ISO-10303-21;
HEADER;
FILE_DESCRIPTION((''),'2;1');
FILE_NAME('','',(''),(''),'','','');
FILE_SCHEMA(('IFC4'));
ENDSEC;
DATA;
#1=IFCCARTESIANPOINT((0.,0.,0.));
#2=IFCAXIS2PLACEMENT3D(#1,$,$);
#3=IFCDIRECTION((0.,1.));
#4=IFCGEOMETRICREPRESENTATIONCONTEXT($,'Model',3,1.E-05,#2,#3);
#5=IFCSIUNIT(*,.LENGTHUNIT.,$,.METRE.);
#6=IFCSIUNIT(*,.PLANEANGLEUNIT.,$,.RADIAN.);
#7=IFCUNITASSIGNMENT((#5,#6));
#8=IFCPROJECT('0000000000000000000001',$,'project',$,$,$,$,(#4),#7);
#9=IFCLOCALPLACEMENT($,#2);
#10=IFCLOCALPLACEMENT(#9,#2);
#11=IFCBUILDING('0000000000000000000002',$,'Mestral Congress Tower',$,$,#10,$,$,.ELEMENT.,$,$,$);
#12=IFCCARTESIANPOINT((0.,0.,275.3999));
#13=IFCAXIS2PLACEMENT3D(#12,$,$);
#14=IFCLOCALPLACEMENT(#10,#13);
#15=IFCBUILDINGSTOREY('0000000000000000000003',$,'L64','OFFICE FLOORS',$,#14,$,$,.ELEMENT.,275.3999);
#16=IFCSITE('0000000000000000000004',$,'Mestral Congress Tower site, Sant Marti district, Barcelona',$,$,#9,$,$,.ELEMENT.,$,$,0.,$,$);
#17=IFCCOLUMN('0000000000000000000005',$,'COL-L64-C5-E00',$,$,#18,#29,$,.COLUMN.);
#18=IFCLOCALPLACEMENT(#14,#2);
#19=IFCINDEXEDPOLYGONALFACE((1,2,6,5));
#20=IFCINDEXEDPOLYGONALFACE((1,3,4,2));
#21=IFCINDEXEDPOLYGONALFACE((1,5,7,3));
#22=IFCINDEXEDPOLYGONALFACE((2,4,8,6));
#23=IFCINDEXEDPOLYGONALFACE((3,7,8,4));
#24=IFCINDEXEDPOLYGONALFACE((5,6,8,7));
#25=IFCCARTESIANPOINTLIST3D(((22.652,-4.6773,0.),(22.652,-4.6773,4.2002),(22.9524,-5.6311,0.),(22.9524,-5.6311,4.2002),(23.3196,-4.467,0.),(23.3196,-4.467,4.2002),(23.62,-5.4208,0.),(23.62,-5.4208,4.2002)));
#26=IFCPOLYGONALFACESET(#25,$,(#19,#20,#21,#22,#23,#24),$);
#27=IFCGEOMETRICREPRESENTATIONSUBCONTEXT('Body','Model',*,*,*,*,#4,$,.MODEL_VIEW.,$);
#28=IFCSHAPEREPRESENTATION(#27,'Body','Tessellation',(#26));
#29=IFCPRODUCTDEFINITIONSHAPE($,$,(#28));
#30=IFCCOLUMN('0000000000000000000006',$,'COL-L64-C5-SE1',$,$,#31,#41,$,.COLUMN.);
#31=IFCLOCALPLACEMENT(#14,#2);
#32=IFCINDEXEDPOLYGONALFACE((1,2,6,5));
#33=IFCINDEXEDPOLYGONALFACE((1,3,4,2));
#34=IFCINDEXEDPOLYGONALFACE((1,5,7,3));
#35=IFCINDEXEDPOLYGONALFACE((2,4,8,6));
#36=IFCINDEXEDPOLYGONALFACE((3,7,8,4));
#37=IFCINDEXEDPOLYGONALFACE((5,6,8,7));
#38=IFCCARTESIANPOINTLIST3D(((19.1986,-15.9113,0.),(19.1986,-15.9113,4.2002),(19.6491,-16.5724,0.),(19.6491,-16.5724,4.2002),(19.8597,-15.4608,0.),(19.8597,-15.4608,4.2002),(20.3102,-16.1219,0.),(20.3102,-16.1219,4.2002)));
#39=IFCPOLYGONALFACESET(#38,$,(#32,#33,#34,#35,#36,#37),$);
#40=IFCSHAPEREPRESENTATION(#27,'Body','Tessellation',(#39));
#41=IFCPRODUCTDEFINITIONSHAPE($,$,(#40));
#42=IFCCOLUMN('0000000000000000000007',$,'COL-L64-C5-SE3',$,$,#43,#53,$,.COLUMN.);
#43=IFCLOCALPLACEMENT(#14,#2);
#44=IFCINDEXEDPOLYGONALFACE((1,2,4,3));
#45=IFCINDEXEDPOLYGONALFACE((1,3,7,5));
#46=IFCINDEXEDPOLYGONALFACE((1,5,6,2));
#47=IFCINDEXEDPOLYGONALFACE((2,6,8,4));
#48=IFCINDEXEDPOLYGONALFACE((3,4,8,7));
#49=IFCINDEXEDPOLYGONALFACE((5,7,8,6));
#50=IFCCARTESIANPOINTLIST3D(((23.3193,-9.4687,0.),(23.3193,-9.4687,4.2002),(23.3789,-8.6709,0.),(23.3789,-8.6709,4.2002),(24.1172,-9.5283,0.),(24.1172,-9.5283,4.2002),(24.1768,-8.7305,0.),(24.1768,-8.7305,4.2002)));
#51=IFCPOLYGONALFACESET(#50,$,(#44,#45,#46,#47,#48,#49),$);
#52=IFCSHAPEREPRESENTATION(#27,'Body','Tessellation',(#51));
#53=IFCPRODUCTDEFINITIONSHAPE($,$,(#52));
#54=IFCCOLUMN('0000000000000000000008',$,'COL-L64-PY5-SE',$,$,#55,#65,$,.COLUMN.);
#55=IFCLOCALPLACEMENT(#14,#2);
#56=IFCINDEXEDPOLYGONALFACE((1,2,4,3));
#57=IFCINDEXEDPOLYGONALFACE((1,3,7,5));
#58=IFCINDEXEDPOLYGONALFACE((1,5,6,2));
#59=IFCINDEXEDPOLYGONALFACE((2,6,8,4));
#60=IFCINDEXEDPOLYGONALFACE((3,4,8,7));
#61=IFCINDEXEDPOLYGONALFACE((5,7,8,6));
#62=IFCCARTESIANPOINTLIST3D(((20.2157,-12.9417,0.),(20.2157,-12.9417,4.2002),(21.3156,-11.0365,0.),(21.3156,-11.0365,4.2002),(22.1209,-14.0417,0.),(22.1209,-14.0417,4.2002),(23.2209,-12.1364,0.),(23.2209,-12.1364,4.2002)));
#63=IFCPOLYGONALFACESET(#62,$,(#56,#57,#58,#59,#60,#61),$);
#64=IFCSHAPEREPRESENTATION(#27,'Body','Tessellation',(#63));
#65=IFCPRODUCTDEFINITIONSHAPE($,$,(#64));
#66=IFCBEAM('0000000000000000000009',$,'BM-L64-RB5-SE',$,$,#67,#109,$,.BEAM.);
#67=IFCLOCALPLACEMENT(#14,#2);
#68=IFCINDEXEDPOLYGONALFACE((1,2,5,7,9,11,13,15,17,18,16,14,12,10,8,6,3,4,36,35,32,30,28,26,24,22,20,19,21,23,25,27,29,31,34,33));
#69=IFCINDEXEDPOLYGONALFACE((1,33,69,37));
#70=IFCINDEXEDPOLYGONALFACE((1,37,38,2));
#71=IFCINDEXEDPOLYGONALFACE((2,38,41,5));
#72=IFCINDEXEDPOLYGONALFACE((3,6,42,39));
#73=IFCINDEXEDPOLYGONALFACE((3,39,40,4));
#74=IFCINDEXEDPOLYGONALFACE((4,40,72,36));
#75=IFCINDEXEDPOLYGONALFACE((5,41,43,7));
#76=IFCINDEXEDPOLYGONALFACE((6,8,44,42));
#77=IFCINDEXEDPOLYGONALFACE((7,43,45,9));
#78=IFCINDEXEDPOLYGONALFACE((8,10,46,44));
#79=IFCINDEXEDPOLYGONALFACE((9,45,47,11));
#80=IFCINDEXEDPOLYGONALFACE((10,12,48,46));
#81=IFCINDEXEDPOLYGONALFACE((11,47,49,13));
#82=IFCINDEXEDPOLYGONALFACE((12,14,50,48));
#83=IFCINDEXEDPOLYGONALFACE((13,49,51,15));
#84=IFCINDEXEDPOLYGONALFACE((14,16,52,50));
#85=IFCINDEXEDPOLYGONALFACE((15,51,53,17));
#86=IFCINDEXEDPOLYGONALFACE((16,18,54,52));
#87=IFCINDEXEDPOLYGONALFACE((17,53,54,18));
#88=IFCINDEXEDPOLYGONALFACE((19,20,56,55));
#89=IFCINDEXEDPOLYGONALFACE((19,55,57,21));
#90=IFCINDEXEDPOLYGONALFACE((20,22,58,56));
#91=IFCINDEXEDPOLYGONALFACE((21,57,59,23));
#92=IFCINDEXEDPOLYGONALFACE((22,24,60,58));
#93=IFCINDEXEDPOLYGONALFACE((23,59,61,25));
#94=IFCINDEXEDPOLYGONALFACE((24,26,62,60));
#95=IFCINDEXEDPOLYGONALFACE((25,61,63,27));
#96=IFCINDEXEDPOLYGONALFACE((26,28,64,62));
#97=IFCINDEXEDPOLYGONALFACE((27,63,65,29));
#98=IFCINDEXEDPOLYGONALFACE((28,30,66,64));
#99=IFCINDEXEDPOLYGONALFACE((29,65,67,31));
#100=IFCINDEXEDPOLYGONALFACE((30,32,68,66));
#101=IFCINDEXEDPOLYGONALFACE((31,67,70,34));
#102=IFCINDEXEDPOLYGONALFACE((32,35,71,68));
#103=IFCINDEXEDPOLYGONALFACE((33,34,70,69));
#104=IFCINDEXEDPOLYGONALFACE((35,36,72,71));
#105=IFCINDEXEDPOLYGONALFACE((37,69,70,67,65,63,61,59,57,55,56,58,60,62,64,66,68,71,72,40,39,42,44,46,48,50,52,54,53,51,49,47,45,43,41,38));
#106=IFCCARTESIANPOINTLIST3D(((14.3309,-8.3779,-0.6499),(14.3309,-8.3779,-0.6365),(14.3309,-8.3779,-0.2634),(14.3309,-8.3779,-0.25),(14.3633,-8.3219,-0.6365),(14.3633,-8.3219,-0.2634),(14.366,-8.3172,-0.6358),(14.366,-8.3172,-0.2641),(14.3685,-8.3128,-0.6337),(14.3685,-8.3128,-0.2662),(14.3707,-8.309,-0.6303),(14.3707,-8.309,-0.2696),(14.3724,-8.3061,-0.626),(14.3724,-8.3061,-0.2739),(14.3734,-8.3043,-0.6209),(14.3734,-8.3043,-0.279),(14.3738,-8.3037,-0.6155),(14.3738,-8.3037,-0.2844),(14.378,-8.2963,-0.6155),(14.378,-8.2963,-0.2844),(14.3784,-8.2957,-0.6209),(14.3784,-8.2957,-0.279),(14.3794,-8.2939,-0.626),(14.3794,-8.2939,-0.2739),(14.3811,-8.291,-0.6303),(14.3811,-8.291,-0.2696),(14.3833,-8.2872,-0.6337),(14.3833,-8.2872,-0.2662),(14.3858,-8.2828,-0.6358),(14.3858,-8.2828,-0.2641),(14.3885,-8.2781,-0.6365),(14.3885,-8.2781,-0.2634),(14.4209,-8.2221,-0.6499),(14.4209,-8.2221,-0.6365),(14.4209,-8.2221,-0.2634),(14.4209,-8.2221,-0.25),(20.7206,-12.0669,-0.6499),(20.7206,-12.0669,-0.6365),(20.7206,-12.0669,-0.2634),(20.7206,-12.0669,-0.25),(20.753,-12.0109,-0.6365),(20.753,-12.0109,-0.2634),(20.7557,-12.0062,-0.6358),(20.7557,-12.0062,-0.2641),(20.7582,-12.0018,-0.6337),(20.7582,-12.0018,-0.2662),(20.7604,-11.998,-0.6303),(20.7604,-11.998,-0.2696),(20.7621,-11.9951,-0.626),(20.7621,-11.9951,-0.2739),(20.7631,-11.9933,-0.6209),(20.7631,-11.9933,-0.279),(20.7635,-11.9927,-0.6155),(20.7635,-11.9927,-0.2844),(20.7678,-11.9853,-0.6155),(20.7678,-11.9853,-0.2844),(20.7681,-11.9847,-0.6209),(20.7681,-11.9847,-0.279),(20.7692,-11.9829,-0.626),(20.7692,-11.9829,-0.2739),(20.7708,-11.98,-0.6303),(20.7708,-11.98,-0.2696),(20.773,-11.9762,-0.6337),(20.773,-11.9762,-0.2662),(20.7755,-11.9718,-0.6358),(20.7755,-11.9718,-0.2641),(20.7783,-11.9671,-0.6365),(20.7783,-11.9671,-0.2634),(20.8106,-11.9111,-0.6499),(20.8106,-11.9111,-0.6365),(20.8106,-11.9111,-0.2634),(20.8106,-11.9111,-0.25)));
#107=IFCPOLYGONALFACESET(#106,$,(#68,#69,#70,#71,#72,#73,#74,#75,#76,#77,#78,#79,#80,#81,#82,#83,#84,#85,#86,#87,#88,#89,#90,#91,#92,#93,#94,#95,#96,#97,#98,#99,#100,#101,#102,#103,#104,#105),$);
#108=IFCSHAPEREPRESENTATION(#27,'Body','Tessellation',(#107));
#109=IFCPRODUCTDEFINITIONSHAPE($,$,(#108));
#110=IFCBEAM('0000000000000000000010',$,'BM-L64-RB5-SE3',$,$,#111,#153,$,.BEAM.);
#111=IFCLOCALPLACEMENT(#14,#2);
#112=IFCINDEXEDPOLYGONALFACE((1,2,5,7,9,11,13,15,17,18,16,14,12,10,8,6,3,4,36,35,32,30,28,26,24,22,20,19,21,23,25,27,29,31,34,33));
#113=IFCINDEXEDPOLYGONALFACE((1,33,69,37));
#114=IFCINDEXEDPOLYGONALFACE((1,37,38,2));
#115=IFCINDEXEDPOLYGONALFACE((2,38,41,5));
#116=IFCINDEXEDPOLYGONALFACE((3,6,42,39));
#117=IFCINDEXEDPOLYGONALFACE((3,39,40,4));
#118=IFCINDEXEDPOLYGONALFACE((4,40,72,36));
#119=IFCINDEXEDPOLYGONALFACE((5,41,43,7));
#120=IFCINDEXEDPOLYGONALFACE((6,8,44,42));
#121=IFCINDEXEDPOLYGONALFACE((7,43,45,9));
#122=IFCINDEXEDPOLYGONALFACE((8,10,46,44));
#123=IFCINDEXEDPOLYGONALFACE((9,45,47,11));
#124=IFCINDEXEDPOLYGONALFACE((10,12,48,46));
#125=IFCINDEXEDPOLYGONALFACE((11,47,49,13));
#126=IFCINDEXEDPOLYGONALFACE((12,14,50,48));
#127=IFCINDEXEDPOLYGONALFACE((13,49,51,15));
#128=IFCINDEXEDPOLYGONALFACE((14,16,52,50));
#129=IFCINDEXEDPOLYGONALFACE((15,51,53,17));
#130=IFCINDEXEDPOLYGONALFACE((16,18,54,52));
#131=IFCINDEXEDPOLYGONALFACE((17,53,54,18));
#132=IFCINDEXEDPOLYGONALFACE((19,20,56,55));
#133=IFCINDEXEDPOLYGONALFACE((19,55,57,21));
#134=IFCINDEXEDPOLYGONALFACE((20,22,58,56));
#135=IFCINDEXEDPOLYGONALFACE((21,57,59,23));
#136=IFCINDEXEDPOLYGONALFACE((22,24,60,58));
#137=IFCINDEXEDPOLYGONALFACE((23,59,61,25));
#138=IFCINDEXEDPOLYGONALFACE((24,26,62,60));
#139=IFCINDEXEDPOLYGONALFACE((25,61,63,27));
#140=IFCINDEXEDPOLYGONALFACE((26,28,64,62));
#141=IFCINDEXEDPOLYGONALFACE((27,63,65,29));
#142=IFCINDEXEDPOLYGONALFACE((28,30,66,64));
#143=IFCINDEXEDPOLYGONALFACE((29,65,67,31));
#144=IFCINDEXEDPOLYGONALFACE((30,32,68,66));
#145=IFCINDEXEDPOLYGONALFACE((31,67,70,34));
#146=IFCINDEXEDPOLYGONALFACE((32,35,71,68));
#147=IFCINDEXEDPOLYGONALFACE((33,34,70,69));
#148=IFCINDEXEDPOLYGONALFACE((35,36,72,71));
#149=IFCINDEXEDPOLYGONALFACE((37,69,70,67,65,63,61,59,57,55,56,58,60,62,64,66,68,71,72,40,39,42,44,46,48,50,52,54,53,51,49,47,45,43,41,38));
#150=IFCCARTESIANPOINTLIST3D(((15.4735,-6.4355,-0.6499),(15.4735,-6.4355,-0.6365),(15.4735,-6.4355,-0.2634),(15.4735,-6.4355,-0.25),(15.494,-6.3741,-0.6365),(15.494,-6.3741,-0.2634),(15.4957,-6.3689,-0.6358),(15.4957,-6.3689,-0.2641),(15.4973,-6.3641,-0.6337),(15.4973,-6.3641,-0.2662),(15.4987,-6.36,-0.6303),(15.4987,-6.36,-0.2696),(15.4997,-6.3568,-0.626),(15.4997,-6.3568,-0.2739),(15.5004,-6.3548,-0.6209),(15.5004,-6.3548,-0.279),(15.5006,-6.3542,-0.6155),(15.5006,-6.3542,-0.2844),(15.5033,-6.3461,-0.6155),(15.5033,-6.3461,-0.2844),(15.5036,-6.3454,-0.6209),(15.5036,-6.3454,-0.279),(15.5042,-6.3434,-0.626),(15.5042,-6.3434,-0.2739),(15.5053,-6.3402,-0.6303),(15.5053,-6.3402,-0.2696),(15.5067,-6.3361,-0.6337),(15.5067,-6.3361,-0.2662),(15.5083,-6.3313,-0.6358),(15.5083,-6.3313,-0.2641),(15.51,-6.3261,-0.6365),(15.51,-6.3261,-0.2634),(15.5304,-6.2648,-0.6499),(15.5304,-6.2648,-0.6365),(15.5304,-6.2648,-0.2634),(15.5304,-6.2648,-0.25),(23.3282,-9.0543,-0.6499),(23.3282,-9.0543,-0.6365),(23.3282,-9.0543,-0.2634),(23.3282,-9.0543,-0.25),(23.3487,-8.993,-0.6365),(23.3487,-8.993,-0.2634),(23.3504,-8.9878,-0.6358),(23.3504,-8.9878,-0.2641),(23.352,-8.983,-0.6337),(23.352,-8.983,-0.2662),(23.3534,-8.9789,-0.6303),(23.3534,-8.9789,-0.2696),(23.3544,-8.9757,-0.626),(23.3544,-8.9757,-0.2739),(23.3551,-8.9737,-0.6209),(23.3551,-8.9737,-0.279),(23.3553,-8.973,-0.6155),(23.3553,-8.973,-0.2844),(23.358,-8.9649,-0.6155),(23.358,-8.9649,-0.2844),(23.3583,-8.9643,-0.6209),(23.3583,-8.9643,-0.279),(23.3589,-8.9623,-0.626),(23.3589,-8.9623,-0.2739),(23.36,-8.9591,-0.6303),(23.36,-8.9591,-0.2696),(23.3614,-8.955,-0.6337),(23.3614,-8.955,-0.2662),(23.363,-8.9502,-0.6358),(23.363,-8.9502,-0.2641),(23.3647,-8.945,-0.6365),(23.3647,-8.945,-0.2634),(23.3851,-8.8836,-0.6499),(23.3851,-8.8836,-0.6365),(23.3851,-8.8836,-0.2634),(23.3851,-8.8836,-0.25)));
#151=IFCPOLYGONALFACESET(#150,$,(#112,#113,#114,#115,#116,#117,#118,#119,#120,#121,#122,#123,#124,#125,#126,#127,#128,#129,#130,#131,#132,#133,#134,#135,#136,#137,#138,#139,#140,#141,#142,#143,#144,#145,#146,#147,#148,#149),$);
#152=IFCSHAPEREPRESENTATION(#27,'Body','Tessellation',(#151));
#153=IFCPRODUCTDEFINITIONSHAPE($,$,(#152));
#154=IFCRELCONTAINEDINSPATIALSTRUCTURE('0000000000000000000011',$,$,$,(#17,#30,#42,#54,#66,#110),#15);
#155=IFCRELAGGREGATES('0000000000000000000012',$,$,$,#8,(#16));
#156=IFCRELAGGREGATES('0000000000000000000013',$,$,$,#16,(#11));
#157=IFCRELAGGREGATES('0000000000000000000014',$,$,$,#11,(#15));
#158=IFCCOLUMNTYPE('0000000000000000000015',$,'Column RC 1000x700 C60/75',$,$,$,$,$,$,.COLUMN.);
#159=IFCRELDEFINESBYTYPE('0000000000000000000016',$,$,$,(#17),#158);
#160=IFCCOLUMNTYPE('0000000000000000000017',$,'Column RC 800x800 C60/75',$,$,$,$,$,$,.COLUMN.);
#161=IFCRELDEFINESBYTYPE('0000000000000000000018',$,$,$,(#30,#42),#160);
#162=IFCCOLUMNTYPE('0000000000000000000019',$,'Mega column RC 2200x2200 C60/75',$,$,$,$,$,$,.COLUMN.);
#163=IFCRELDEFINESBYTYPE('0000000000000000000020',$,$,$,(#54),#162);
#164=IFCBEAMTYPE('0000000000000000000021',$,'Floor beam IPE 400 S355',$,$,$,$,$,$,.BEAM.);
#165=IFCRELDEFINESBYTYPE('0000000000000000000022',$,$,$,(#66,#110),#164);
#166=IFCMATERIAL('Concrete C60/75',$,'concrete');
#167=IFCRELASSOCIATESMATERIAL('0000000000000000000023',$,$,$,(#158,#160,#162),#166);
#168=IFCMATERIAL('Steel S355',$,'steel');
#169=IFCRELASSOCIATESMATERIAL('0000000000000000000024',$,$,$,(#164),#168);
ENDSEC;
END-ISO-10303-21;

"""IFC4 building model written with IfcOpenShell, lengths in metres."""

from ifc_helpers import new_model, si_unit, direction, frame, origin, origin_2d, place, context, subcontext, project, spatial, rectangle, i_section, extrude, material, material_profile, profile_set, type_object, element, save


model = new_model("IFC4")

# Units and contexts
model_context = context("Model", 3, precision=1e-05, world=origin(), true_north=direction((0.0, 1.0)))
body_context = subcontext(model_context, "Body", "Model", "MODEL_VIEW")
ifc_project = project(units=[si_unit("LENGTHUNIT", "METRE"), si_unit("PLANEANGLEUNIT", "RADIAN")], contexts=[model_context])

# Site, building, storey
site_placement = place(None, origin())
site = spatial("IfcSite", under=ifc_project, at=site_placement, Name="Mestral Congress Tower site, Sant Marti district, Barcelona", CompositionType="ELEMENT", RefElevation=0.0)
building_placement = place(site_placement, origin())
building = spatial("IfcBuilding", under=site, at=building_placement, Name="Mestral Congress Tower", CompositionType="ELEMENT")
storey_placement = place(building_placement, frame((0.0, 0.0, 275.3999)))
storey = spatial("IfcBuildingStorey", under=building, at=storey_placement, Name="L64", Description="OFFICE FLOORS", CompositionType="ELEMENT", Elevation=275.3999)

# Columns
ifc_material_1 = material(Name="Concrete C60/75", Category="concrete")
ifc_material_profile_1 = material_profile(ifc_material_1, rectangle(XDim=1.0, YDim=0.7, at=origin_2d()), Name="RC 1000x700")
ifc_profile_set_1 = profile_set([ifc_material_profile_1], Name="Concrete C60/75")
column_type_1 = type_object("IfcColumnType", Name="Column RC 1000x700 C60/75", PredefinedType="COLUMN", material=ifc_profile_set_1)
column_1_placement = place(storey_placement, frame((23.136, -5.0491, 0.0), z_axis=(0.0, 0.0, 1.0), x_axis=(-0.300431, 0.953804, 0.0)))
element("IfcColumn", 1, at=column_1_placement, inside=storey, type_object=column_type_1, Name="COL-L64-C5-E00", PredefinedType="COLUMN", context=body_context, shape_type="SweptSolid", body=[
    extrude(rectangle(XDim=1.0, YDim=0.7, at=origin_2d()), origin(), (0.0, 0.0, 1.0), 4.2002),
])
ifc_material_profile_2 = material_profile(ifc_material_1, rectangle(XDim=0.8, YDim=0.8, at=origin_2d()), Name="RC 800x800")
ifc_profile_set_2 = profile_set([ifc_material_profile_2], Name="Concrete C60/75")
column_type_2 = type_object("IfcColumnType", Name="Column RC 800x800 C60/75", PredefinedType="COLUMN", material=ifc_profile_set_2)
for number, where, z_axis, x_axis, name in (
    (2, (19.7544, -16.0166, 0.0), (0.0, 0.0, 1.0), (0.826363, 0.563138, 0.0), "COL-L64-C5-SE1"),
    (3, (23.748, -9.0996, 0.0), (0.0, 0.0, 1.0), (0.074511, 0.99722, 0.0), "COL-L64-C5-SE3"),
):
    element("IfcColumn", number, at=place(storey_placement, frame(where, z_axis=z_axis, x_axis=x_axis)), inside=storey, type_object=column_type_2, Name=name, PredefinedType="COLUMN", context=body_context, shape_type="SweptSolid", body=[
        extrude(rectangle(XDim=0.8, YDim=0.8, at=origin_2d()), origin(), (0.0, 0.0, 1.0), 4.2002),
    ])
ifc_material_profile_3 = material_profile(ifc_material_1, rectangle(XDim=2.2, YDim=2.2, at=origin_2d()), Name="RC 2200x2200")
ifc_profile_set_3 = profile_set([ifc_material_profile_3], Name="Concrete C60/75")
column_type_3 = type_object("IfcColumnType", Name="Mega column RC 2200x2200 C60/75", PredefinedType="COLUMN", material=ifc_profile_set_3)
column_2_placement = place(storey_placement, frame((21.7183, -12.5391, 0.0), z_axis=(0.0, 0.0, 1.0), x_axis=(0.866025, -0.5, 0.0)))
element("IfcColumn", 4, at=column_2_placement, inside=storey, type_object=column_type_3, Name="COL-L64-PY5-SE", PredefinedType="COLUMN", context=body_context, shape_type="SweptSolid", body=[
    extrude(rectangle(XDim=2.2, YDim=2.2, at=origin_2d()), origin(), (0.0, 0.0, 1.0), 4.2002),
])

# Beams
ifc_material_2 = material(Name="Steel S355", Category="steel")
ifc_material_profile_4 = material_profile(ifc_material_2, i_section(OverallWidth=0.1799, OverallDepth=0.3999, WebThickness=0.0085, FlangeThickness=0.0134, FilletRadius=0.021, at=origin_2d()), Name="IPE 400")
ifc_profile_set_4 = profile_set([ifc_material_profile_4], Name="Steel S355")
beam_type_1 = type_object("IfcBeamType", Name="Floor beam IPE 400 S355", PredefinedType="BEAM", material=ifc_profile_set_4)
beam_1_placement = place(storey_placement, frame((20.7656, -11.989, -0.45), z_axis=(-0.866031, 0.49999, 0.0), x_axis=(-0.49999, -0.866031, 0.0)))
element("IfcBeam", 5, at=beam_1_placement, inside=storey, type_object=beam_type_1, Name="BM-L64-RB5-SE", PredefinedType="BEAM", context=body_context, shape_type="SweptSolid", body=[
    extrude(i_section(OverallWidth=0.1799, OverallDepth=0.3999, WebThickness=0.0085, FlangeThickness=0.0134, FilletRadius=0.021, at=origin_2d()), origin(), (0.0, 0.0, 1.0), 7.3782),
])
beam_2_placement = place(storey_placement, frame((23.3567, -8.969, -0.45), z_axis=(-0.94866, 0.316299, 0.0), x_axis=(-0.316299, -0.94866, 0.0)))
element("IfcBeam", 6, at=beam_2_placement, inside=storey, type_object=beam_type_1, Name="BM-L64-RB5-SE3", PredefinedType="BEAM", context=body_context, shape_type="SweptSolid", body=[
    extrude(i_section(OverallWidth=0.1799, OverallDepth=0.3999, WebThickness=0.0085, FlangeThickness=0.0134, FilletRadius=0.021, at=origin_2d()), origin(), (0.0, 0.0, 1.0), 8.2798),
])

save(model, "model.ifc")
